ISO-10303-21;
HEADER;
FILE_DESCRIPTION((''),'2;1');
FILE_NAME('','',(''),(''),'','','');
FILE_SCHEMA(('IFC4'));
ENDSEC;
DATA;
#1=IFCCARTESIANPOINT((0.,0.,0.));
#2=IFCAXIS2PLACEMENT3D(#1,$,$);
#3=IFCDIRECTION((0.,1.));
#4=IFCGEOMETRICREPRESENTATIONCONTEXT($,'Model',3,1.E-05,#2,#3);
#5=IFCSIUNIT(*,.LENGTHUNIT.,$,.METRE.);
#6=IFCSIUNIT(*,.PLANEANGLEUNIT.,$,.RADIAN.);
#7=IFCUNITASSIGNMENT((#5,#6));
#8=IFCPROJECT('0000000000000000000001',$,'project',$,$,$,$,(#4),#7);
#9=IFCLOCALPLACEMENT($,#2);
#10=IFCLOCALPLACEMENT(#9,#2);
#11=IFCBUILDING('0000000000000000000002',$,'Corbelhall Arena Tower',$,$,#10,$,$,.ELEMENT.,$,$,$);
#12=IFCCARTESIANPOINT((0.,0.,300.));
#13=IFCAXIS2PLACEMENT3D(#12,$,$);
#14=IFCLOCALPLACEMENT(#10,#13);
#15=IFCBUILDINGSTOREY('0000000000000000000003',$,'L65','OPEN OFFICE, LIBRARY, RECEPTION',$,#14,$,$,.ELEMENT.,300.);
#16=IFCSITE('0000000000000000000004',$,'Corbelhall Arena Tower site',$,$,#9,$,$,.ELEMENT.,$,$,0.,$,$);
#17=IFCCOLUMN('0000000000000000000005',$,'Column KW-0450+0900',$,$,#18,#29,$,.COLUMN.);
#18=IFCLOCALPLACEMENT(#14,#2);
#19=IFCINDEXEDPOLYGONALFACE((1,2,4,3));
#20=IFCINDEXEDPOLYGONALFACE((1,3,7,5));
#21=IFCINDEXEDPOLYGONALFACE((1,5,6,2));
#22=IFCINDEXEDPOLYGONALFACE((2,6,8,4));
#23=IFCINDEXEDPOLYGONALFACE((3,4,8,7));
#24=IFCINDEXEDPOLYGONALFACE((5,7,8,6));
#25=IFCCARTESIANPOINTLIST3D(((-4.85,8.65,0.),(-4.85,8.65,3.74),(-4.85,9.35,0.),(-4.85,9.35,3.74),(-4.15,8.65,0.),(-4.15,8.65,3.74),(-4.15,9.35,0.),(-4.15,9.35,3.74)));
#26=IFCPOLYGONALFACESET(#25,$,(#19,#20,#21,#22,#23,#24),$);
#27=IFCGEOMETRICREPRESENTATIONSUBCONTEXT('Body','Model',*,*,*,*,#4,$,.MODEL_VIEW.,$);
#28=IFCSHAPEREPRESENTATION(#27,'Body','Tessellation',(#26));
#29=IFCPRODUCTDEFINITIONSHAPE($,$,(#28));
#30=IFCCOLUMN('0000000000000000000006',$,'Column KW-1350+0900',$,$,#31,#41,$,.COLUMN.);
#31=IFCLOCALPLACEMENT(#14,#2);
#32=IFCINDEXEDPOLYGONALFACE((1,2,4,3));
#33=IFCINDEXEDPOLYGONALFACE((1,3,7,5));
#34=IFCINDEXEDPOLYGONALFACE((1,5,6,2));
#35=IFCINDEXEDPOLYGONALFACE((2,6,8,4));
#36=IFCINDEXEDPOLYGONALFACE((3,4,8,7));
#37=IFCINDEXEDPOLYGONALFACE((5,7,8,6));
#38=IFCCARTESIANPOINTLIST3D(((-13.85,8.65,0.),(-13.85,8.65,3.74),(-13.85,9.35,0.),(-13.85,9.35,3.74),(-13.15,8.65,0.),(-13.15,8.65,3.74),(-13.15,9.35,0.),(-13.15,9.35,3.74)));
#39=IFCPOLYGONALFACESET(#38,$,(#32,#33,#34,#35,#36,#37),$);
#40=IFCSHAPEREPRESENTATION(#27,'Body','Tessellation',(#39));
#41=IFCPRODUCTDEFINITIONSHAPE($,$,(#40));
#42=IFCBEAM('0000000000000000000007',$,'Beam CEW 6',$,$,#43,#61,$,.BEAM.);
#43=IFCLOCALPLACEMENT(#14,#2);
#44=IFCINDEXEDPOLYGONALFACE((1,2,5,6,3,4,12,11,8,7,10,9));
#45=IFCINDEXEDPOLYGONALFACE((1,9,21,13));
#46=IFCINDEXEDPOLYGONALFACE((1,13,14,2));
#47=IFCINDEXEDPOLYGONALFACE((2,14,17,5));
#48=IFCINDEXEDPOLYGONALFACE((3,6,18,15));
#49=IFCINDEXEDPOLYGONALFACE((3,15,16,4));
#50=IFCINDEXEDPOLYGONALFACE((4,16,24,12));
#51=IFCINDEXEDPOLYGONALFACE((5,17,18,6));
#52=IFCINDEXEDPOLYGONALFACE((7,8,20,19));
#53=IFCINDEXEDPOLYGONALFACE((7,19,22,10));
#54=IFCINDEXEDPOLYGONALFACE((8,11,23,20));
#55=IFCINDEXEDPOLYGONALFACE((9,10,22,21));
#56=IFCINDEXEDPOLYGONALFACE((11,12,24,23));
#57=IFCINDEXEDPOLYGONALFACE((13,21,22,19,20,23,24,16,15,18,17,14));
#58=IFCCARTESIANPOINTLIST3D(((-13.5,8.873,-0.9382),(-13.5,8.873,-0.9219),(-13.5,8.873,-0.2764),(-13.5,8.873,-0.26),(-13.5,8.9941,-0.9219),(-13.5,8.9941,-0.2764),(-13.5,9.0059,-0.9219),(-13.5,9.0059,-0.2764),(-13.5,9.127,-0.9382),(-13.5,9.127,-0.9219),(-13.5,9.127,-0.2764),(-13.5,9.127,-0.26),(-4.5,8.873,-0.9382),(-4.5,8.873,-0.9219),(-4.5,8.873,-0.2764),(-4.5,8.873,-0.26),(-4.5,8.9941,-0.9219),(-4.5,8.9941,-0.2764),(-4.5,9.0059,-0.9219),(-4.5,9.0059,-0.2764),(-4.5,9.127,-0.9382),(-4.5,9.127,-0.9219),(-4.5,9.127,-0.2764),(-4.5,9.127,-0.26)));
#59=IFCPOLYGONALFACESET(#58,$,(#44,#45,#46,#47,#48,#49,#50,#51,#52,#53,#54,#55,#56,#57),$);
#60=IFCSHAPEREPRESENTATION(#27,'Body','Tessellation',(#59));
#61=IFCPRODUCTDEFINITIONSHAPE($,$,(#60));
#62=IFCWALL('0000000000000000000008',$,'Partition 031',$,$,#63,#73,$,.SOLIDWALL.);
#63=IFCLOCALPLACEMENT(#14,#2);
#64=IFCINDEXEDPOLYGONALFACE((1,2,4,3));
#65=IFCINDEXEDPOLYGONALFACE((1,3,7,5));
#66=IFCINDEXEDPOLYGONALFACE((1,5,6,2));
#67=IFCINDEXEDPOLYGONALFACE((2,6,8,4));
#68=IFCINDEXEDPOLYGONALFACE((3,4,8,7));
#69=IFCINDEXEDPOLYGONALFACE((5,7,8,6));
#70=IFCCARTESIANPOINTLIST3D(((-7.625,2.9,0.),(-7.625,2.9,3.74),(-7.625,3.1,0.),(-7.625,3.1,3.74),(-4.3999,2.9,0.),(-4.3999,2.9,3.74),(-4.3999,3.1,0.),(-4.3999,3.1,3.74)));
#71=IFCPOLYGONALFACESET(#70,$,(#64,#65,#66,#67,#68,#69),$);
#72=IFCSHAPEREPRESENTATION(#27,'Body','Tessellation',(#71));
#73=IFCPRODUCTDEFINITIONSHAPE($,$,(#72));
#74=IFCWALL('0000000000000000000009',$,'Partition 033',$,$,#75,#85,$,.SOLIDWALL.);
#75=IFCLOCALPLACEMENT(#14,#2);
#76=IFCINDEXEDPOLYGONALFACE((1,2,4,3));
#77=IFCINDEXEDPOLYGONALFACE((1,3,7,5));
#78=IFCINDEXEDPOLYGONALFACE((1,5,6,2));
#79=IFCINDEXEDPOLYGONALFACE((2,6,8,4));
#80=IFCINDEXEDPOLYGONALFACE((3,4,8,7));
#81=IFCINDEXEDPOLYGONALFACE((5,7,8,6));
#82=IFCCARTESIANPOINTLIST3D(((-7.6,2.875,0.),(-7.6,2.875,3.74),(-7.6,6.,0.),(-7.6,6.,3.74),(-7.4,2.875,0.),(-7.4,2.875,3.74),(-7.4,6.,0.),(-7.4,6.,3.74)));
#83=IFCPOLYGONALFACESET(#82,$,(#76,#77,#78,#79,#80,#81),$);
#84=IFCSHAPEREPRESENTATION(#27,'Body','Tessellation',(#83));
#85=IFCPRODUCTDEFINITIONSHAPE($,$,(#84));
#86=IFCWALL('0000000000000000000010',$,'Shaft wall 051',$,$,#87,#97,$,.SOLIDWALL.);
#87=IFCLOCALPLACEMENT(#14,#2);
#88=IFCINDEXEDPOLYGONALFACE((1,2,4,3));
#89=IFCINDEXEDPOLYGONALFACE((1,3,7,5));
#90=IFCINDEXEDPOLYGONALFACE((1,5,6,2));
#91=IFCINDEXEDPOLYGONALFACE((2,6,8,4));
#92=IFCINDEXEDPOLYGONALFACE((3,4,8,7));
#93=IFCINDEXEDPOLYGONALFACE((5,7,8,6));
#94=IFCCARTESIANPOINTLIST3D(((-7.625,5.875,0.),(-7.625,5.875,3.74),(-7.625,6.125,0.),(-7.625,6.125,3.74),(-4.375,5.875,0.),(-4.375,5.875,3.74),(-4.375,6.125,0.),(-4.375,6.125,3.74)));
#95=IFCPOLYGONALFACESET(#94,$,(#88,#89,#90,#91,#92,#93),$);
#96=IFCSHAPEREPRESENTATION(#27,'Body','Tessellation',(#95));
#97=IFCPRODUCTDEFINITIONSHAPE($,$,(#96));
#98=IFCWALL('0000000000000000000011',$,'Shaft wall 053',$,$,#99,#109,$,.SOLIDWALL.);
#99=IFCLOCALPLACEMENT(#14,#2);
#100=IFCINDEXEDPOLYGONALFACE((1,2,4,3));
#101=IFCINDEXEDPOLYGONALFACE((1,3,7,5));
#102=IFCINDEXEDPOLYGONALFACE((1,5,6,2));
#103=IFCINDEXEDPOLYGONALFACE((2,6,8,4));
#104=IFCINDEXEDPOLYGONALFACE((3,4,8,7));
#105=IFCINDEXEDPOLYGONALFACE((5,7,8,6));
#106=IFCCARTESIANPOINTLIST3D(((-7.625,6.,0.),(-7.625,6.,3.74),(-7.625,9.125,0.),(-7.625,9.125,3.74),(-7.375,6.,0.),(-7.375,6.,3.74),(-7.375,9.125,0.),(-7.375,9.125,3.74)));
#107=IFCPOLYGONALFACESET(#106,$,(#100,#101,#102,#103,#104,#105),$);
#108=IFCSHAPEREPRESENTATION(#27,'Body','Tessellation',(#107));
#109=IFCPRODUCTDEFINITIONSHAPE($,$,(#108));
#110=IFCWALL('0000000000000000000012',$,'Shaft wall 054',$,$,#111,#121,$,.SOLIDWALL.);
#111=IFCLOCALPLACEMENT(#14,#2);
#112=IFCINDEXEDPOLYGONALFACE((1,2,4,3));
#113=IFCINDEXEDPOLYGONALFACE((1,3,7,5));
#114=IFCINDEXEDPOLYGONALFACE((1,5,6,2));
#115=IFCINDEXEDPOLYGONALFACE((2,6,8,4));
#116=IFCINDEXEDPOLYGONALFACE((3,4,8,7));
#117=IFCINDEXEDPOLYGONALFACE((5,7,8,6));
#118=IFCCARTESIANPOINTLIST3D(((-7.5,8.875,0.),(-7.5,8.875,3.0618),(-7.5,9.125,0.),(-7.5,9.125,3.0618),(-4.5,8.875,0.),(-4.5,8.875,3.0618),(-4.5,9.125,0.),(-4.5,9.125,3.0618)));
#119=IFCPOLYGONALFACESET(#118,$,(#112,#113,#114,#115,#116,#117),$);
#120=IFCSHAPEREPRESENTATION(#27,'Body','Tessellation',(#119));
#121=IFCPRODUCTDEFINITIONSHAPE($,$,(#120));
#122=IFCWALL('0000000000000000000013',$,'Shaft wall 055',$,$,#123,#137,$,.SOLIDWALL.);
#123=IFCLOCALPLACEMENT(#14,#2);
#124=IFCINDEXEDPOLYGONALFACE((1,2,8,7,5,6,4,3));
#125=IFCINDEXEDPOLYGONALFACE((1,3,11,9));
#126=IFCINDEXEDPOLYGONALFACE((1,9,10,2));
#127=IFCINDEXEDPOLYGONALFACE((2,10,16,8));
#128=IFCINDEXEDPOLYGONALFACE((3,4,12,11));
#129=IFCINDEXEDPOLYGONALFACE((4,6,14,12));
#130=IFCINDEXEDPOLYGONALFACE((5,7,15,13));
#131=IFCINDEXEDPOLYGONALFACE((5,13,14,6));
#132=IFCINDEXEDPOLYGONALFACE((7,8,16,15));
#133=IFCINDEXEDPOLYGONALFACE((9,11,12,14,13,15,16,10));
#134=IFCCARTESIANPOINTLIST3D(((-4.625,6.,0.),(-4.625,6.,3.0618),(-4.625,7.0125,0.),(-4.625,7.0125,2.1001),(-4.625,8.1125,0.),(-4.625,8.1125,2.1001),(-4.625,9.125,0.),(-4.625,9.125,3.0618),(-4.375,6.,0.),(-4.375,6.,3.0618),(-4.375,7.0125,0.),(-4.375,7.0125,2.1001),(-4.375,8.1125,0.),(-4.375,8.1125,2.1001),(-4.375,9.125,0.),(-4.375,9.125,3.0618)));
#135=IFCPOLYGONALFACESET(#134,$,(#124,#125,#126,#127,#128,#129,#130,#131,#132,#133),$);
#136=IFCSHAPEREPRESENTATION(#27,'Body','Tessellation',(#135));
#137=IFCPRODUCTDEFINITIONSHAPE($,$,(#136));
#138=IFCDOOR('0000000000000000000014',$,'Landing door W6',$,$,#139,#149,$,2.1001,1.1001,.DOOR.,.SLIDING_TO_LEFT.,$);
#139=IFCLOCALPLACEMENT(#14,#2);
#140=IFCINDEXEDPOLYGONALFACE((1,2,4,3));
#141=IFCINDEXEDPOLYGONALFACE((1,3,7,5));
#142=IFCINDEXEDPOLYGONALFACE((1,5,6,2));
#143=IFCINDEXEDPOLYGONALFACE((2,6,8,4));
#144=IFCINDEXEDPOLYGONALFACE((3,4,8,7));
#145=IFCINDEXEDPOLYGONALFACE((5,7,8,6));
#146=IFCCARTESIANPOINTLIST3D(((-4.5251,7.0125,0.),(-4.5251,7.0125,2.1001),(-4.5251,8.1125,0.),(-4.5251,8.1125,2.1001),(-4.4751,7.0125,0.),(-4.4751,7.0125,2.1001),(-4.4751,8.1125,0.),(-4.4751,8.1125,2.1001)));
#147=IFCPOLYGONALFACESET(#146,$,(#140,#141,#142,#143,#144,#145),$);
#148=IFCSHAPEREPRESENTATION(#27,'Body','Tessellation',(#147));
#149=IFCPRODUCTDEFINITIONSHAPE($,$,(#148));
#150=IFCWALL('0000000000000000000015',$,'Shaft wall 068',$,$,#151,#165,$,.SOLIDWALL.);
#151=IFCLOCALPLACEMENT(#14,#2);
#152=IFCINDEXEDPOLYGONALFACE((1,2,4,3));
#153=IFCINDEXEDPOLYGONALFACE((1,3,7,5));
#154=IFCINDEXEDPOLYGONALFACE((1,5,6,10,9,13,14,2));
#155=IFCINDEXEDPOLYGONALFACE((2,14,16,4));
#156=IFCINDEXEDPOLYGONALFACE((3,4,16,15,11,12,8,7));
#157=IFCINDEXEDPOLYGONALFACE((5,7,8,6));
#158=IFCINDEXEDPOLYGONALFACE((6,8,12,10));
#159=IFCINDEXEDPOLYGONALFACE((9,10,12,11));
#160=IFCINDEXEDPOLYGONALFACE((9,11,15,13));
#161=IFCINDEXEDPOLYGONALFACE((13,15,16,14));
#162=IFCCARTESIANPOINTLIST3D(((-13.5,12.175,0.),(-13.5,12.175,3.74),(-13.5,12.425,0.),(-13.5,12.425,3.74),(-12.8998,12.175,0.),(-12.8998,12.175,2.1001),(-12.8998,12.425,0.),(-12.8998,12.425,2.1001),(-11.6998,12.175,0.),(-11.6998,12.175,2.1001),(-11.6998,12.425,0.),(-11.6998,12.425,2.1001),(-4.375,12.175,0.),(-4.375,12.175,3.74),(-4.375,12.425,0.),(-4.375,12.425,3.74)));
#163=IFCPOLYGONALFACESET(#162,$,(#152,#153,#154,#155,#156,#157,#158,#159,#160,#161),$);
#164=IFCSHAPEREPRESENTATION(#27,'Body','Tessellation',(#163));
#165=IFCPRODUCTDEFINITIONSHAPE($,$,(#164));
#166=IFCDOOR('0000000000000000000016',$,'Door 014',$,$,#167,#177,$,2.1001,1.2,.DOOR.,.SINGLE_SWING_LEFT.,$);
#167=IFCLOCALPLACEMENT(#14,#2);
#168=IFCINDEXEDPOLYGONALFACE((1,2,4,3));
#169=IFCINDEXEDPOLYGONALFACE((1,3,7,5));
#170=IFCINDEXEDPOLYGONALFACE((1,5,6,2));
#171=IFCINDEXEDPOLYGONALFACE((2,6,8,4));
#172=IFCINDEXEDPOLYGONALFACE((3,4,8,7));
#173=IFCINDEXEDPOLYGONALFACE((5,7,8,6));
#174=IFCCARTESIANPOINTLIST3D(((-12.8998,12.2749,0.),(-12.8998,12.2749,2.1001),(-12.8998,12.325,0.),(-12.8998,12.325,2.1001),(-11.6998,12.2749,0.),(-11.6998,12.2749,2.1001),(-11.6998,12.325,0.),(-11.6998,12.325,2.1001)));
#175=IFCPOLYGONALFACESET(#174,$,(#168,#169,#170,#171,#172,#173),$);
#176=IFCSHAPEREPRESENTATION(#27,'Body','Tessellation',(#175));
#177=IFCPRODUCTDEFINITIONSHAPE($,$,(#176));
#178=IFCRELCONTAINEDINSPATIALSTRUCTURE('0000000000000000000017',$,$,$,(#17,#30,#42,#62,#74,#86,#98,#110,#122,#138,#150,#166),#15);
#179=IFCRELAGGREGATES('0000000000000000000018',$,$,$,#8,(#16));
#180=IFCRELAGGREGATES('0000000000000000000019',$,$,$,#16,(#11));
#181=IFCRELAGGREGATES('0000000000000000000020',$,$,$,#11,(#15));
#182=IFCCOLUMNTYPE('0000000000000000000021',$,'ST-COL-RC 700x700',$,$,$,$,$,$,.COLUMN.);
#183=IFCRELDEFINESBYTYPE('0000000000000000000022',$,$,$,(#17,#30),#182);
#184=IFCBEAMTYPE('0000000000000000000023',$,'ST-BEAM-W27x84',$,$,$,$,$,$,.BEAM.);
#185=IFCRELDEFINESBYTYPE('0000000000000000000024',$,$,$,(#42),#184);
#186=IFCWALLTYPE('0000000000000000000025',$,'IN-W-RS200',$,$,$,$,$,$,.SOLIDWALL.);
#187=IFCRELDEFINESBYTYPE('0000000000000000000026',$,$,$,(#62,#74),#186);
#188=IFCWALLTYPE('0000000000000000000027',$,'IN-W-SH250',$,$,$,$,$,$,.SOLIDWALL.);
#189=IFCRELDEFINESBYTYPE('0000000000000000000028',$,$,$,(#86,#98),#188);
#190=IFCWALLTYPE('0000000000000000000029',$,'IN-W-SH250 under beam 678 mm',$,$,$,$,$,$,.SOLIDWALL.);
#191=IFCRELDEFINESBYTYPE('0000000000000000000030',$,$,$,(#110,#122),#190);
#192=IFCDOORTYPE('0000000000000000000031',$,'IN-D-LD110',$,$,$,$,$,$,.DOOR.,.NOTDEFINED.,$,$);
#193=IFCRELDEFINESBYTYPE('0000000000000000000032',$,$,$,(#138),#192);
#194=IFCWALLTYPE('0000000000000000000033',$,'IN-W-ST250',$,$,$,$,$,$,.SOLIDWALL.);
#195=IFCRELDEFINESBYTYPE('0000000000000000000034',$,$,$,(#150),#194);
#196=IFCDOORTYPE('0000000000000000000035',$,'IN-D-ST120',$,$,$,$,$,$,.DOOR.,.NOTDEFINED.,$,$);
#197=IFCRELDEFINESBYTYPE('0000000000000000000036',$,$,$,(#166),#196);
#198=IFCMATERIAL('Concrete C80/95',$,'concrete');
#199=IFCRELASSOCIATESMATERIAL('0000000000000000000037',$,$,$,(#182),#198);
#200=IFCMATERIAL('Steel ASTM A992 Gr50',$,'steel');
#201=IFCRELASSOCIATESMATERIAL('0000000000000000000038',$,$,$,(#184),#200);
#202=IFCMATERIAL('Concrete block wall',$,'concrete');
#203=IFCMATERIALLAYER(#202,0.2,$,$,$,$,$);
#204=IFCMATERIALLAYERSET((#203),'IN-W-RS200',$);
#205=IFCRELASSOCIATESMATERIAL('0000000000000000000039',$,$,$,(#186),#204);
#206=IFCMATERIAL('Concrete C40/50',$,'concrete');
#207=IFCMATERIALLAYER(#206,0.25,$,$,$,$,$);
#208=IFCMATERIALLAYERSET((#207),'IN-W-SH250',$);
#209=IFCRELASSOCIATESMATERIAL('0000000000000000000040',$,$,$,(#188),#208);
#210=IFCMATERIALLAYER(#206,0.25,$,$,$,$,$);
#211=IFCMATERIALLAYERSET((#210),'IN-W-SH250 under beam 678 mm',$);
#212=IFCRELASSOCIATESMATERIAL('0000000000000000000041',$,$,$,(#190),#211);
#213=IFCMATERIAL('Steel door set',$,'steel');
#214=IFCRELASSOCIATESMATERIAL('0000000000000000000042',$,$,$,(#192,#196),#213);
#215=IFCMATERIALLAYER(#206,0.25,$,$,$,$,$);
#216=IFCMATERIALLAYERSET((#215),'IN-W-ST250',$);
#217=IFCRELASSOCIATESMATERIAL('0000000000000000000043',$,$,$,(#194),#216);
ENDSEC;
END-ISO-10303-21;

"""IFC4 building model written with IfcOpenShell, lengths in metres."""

from ifc_helpers import new_model, si_unit, direction, frame, frame_2d, origin, origin_2d, place, context, subcontext, project, spatial, rectangle, i_section, extrude, material, layer, layer_set, material_profile, profile_set, type_object, element, fill, save


model = new_model("IFC4")

# Units and contexts
model_context = context("Model", 3, precision=1e-05, world=origin(), true_north=direction((0.0, 1.0)))
body_context = subcontext(model_context, "Body", "Model", "MODEL_VIEW")
ifc_project = project(units=[si_unit("LENGTHUNIT", "METRE"), si_unit("PLANEANGLEUNIT", "RADIAN")], contexts=[model_context])

# Site, building, storey
site_placement = place(None, origin())
site = spatial("IfcSite", under=ifc_project, at=site_placement, Name="Corbelhall Arena Tower site", CompositionType="ELEMENT", RefElevation=0.0)
building_placement = place(site_placement, origin())
building = spatial("IfcBuilding", under=site, at=building_placement, Name="Corbelhall Arena Tower", CompositionType="ELEMENT")
storey_placement = place(building_placement, frame((0.0, 0.0, 300.0)))
storey = spatial("IfcBuildingStorey", under=building, at=storey_placement, Name="L65", Description="OPEN OFFICE, LIBRARY, RECEPTION", CompositionType="ELEMENT", Elevation=300.0)

# Columns
ifc_material_1 = material(Name="Concrete C80/95", Category="concrete")
ifc_material_profile_1 = material_profile(ifc_material_1, rectangle(XDim=0.7, YDim=0.7, at=origin_2d()))
ifc_profile_set_1 = profile_set([ifc_material_profile_1], Name="Concrete C80/95")
column_type = type_object("IfcColumnType", Name="ST-COL-RC 700x700", PredefinedType="COLUMN", material=ifc_profile_set_1)
for number, where, z_axis, x_axis, name in (
    (1, (-4.5, 9.0, 0.0), (0.0, 0.0, 1.0), (1.0, 0.0, 0.0), "Column KW-0450+0900"),
    (2, (-13.5, 9.0, 0.0), (0.0, 0.0, 1.0), (1.0, 0.0, 0.0), "Column KW-1350+0900"),
):
    element("IfcColumn", number, at=place(storey_placement, frame(where, z_axis=z_axis, x_axis=x_axis)), inside=storey, type_object=column_type, Name=name, PredefinedType="COLUMN", context=body_context, shape_type="SweptSolid", body=[
        extrude(rectangle(XDim=0.7, YDim=0.7, at=origin_2d()), origin(), (0.0, 0.0, 1.0), 3.74),
    ])

# Beam
ifc_material_2 = material(Name="Steel ASTM A992 Gr50", Category="steel")
ifc_material_profile_2 = material_profile(ifc_material_2, i_section(OverallWidth=0.2539, OverallDepth=0.6782, WebThickness=0.0117, FlangeThickness=0.0164, at=origin_2d()))
ifc_profile_set_2 = profile_set([ifc_material_profile_2], Name="Steel ASTM A992 Gr50")
beam_type = type_object("IfcBeamType", Name="ST-BEAM-W27x84", PredefinedType="BEAM", material=ifc_profile_set_2)
beam_placement = place(storey_placement, frame((-13.5, 9.0, -0.5991), z_axis=(1.0, 0.0, 0.0), x_axis=(0.0, 1.0, 0.0)))
element("IfcBeam", 3, at=beam_placement, inside=storey, type_object=beam_type, Name="Beam CEW 6", PredefinedType="BEAM", context=body_context, shape_type="SweptSolid", body=[
    extrude(i_section(OverallWidth=0.2539, OverallDepth=0.6782, WebThickness=0.0117, FlangeThickness=0.0164, at=origin_2d()), origin(), (0.0, 0.0, 1.0), 9.0),
])

# Walls
ifc_material_3 = material(Name="Concrete block wall", Category="concrete")
ifc_layer_1 = layer(ifc_material_3, 0.2)
ifc_layer_set_1 = layer_set([ifc_layer_1], Name="IN-W-RS200")
wall_type_1 = type_object("IfcWallType", Name="IN-W-RS200", PredefinedType="SOLIDWALL", material=ifc_layer_set_1)
wall_1_placement = place(storey_placement, frame((-7.625, 3.0, 0.0), z_axis=(0.0, 0.0, 1.0), x_axis=(1.0, 0.0, 0.0)))
element("IfcWall", 4, at=wall_1_placement, inside=storey, type_object=wall_type_1, Name="Partition 031", PredefinedType="SOLIDWALL", context=body_context, shape_type="SweptSolid", body=[
    extrude(rectangle(XDim=3.2251, YDim=0.2, at=frame_2d((1.6125, 0.0))), origin(), (0.0, 0.0, 1.0), 3.74),
])
wall_2_placement = place(storey_placement, frame((-7.5, 2.875, 0.0), z_axis=(0.0, 0.0, 1.0), x_axis=(0.0, 1.0, 0.0)))
element("IfcWall", 5, at=wall_2_placement, inside=storey, type_object=wall_type_1, Name="Partition 033", PredefinedType="SOLIDWALL", context=body_context, shape_type="SweptSolid", body=[
    extrude(rectangle(XDim=3.125, YDim=0.2, at=frame_2d((1.5625, 0.0))), origin(), (0.0, 0.0, 1.0), 3.74),
])

# Shared definitions
ifc_material_4 = material(Name="Steel door set", Category="steel")

# Walls
ifc_material_5 = material(Name="Concrete C40/50", Category="concrete")
ifc_layer_2 = layer(ifc_material_5, 0.25)
ifc_layer_set_2 = layer_set([ifc_layer_2], Name="IN-W-SH250")
wall_type_2 = type_object("IfcWallType", Name="IN-W-SH250", PredefinedType="SOLIDWALL", material=ifc_layer_set_2)
wall_3_placement = place(storey_placement, frame((-7.625, 6.0, 0.0), z_axis=(0.0, 0.0, 1.0), x_axis=(1.0, 0.0, 0.0)))
element("IfcWall", 6, at=wall_3_placement, inside=storey, type_object=wall_type_2, Name="Shaft wall 051", PredefinedType="SOLIDWALL", context=body_context, shape_type="SweptSolid", body=[
    extrude(rectangle(XDim=3.25, YDim=0.25, at=frame_2d((1.625, 0.0))), origin(), (0.0, 0.0, 1.0), 3.74),
])
wall_4_placement = place(storey_placement, frame((-7.5, 6.0, 0.0), z_axis=(0.0, 0.0, 1.0), x_axis=(0.0, 1.0, 0.0)))
element("IfcWall", 7, at=wall_4_placement, inside=storey, type_object=wall_type_2, Name="Shaft wall 053", PredefinedType="SOLIDWALL", context=body_context, shape_type="SweptSolid", body=[
    extrude(rectangle(XDim=3.125, YDim=0.25, at=frame_2d((1.5625, 0.0))), origin(), (0.0, 0.0, 1.0), 3.74),
])
ifc_layer_3 = layer(ifc_material_5, 0.25)
ifc_layer_set_3 = layer_set([ifc_layer_3], Name="IN-W-SH250 under beam 678 mm")
wall_type_3 = type_object("IfcWallType", Name="IN-W-SH250 under beam 678 mm", PredefinedType="SOLIDWALL", material=ifc_layer_set_3)
wall_5_placement = place(storey_placement, frame((-7.5, 9.0, 0.0), z_axis=(0.0, 0.0, 1.0), x_axis=(1.0, 0.0, 0.0)))
element("IfcWall", 8, at=wall_5_placement, inside=storey, type_object=wall_type_3, Name="Shaft wall 054", PredefinedType="SOLIDWALL", context=body_context, shape_type="SweptSolid", body=[
    extrude(rectangle(XDim=3.0, YDim=0.25, at=frame_2d((1.5, 0.0))), origin(), (0.0, 0.0, 1.0), 3.0618),
])

# Walls, openings, doors
wall_6_placement = place(storey_placement, frame((-4.5, 9.125, 0.0), z_axis=(0.0, 0.0, 1.0), x_axis=(0.0, -1.0, 0.0)))
wall_6 = element("IfcWall", 9, at=wall_6_placement, inside=storey, type_object=wall_type_3, Name="Shaft wall 055", PredefinedType="SOLIDWALL", context=body_context, shape_type="SweptSolid", body=[
    extrude(rectangle(XDim=3.125, YDim=0.25, at=frame_2d((1.5625, 0.0))), origin(), (0.0, 0.0, 1.0), 3.0618),
])
opening_1_placement = place(wall_6_placement, frame((1.0125, 0.0, 0.0)))
opening_1 = element("IfcOpeningElement", 10, at=opening_1_placement, cuts=wall_6, PredefinedType="OPENING", context=body_context, shape_type="SweptSolid", body=[
    extrude(rectangle(XDim=1.1001, YDim=2.1001, at=frame_2d((0.55, 1.05))), frame((0.0, 0.125, 0.0), z_axis=(0.0, -1.0, 0.0), x_axis=(1.0, 0.0, 0.0)), (0.0, 0.0, 1.0), 0.25),
])
door_type_1 = type_object("IfcDoorType", Name="IN-D-LD110", OperationType="NOTDEFINED", PredefinedType="DOOR", material=ifc_material_4)
door_1_placement = place(opening_1_placement, origin())
door_1 = element("IfcDoor", 11, at=door_1_placement, inside=storey, type_object=door_type_1, Name="Landing door W6", OperationType="SLIDING_TO_LEFT", OverallHeight=2.1001, OverallWidth=1.1001, PredefinedType="DOOR", context=body_context, shape_type="SweptSolid", body=[
    extrude(rectangle(XDim=1.1001, YDim=2.1001, at=frame_2d((0.55, 1.05))), frame((0.0, 0.0249, 0.0), z_axis=(0.0, -1.0, 0.0), x_axis=(1.0, 0.0, 0.0)), (0.0, 0.0, 1.0), 0.05),
])
fill(opening_1, door_1)
ifc_layer_4 = layer(ifc_material_5, 0.25)
ifc_layer_set_4 = layer_set([ifc_layer_4], Name="IN-W-ST250")
wall_type_4 = type_object("IfcWallType", Name="IN-W-ST250", PredefinedType="SOLIDWALL", material=ifc_layer_set_4)
wall_7_placement = place(storey_placement, frame((-13.5, 12.3, 0.0), z_axis=(0.0, 0.0, 1.0), x_axis=(1.0, 0.0, 0.0)))
wall_7 = element("IfcWall", 12, at=wall_7_placement, inside=storey, type_object=wall_type_4, Name="Shaft wall 068", PredefinedType="SOLIDWALL", context=body_context, shape_type="SweptSolid", body=[
    extrude(rectangle(XDim=9.125, YDim=0.25, at=frame_2d((4.5625, 0.0))), origin(), (0.0, 0.0, 1.0), 3.74),
])
opening_2_placement = place(wall_7_placement, frame((0.6001, 0.0, 0.0)))
opening_2 = element("IfcOpeningElement", 13, at=opening_2_placement, cuts=wall_7, PredefinedType="OPENING", context=body_context, shape_type="SweptSolid", body=[
    extrude(rectangle(XDim=1.2, YDim=2.1001, at=frame_2d((0.6001, 1.05))), frame((0.0, 0.125, 0.0), z_axis=(0.0, -1.0, 0.0), x_axis=(1.0, 0.0, 0.0)), (0.0, 0.0, 1.0), 0.25),
])
door_type_2 = type_object("IfcDoorType", Name="IN-D-ST120", OperationType="NOTDEFINED", PredefinedType="DOOR", material=ifc_material_4)
door_2_placement = place(opening_2_placement, origin())
door_2 = element("IfcDoor", 14, at=door_2_placement, inside=storey, type_object=door_type_2, Name="Door 014", OperationType="SINGLE_SWING_LEFT", OverallHeight=2.1001, OverallWidth=1.2, PredefinedType="DOOR", context=body_context, shape_type="SweptSolid", body=[
    extrude(rectangle(XDim=1.2, YDim=2.1001, at=frame_2d((0.6001, 1.05))), frame((0.0, 0.0249, 0.0), z_axis=(0.0, -1.0, 0.0), x_axis=(1.0, 0.0, 0.0)), (0.0, 0.0, 1.0), 0.05),
])
fill(opening_2, door_2)

save(model, "model.ifc")
